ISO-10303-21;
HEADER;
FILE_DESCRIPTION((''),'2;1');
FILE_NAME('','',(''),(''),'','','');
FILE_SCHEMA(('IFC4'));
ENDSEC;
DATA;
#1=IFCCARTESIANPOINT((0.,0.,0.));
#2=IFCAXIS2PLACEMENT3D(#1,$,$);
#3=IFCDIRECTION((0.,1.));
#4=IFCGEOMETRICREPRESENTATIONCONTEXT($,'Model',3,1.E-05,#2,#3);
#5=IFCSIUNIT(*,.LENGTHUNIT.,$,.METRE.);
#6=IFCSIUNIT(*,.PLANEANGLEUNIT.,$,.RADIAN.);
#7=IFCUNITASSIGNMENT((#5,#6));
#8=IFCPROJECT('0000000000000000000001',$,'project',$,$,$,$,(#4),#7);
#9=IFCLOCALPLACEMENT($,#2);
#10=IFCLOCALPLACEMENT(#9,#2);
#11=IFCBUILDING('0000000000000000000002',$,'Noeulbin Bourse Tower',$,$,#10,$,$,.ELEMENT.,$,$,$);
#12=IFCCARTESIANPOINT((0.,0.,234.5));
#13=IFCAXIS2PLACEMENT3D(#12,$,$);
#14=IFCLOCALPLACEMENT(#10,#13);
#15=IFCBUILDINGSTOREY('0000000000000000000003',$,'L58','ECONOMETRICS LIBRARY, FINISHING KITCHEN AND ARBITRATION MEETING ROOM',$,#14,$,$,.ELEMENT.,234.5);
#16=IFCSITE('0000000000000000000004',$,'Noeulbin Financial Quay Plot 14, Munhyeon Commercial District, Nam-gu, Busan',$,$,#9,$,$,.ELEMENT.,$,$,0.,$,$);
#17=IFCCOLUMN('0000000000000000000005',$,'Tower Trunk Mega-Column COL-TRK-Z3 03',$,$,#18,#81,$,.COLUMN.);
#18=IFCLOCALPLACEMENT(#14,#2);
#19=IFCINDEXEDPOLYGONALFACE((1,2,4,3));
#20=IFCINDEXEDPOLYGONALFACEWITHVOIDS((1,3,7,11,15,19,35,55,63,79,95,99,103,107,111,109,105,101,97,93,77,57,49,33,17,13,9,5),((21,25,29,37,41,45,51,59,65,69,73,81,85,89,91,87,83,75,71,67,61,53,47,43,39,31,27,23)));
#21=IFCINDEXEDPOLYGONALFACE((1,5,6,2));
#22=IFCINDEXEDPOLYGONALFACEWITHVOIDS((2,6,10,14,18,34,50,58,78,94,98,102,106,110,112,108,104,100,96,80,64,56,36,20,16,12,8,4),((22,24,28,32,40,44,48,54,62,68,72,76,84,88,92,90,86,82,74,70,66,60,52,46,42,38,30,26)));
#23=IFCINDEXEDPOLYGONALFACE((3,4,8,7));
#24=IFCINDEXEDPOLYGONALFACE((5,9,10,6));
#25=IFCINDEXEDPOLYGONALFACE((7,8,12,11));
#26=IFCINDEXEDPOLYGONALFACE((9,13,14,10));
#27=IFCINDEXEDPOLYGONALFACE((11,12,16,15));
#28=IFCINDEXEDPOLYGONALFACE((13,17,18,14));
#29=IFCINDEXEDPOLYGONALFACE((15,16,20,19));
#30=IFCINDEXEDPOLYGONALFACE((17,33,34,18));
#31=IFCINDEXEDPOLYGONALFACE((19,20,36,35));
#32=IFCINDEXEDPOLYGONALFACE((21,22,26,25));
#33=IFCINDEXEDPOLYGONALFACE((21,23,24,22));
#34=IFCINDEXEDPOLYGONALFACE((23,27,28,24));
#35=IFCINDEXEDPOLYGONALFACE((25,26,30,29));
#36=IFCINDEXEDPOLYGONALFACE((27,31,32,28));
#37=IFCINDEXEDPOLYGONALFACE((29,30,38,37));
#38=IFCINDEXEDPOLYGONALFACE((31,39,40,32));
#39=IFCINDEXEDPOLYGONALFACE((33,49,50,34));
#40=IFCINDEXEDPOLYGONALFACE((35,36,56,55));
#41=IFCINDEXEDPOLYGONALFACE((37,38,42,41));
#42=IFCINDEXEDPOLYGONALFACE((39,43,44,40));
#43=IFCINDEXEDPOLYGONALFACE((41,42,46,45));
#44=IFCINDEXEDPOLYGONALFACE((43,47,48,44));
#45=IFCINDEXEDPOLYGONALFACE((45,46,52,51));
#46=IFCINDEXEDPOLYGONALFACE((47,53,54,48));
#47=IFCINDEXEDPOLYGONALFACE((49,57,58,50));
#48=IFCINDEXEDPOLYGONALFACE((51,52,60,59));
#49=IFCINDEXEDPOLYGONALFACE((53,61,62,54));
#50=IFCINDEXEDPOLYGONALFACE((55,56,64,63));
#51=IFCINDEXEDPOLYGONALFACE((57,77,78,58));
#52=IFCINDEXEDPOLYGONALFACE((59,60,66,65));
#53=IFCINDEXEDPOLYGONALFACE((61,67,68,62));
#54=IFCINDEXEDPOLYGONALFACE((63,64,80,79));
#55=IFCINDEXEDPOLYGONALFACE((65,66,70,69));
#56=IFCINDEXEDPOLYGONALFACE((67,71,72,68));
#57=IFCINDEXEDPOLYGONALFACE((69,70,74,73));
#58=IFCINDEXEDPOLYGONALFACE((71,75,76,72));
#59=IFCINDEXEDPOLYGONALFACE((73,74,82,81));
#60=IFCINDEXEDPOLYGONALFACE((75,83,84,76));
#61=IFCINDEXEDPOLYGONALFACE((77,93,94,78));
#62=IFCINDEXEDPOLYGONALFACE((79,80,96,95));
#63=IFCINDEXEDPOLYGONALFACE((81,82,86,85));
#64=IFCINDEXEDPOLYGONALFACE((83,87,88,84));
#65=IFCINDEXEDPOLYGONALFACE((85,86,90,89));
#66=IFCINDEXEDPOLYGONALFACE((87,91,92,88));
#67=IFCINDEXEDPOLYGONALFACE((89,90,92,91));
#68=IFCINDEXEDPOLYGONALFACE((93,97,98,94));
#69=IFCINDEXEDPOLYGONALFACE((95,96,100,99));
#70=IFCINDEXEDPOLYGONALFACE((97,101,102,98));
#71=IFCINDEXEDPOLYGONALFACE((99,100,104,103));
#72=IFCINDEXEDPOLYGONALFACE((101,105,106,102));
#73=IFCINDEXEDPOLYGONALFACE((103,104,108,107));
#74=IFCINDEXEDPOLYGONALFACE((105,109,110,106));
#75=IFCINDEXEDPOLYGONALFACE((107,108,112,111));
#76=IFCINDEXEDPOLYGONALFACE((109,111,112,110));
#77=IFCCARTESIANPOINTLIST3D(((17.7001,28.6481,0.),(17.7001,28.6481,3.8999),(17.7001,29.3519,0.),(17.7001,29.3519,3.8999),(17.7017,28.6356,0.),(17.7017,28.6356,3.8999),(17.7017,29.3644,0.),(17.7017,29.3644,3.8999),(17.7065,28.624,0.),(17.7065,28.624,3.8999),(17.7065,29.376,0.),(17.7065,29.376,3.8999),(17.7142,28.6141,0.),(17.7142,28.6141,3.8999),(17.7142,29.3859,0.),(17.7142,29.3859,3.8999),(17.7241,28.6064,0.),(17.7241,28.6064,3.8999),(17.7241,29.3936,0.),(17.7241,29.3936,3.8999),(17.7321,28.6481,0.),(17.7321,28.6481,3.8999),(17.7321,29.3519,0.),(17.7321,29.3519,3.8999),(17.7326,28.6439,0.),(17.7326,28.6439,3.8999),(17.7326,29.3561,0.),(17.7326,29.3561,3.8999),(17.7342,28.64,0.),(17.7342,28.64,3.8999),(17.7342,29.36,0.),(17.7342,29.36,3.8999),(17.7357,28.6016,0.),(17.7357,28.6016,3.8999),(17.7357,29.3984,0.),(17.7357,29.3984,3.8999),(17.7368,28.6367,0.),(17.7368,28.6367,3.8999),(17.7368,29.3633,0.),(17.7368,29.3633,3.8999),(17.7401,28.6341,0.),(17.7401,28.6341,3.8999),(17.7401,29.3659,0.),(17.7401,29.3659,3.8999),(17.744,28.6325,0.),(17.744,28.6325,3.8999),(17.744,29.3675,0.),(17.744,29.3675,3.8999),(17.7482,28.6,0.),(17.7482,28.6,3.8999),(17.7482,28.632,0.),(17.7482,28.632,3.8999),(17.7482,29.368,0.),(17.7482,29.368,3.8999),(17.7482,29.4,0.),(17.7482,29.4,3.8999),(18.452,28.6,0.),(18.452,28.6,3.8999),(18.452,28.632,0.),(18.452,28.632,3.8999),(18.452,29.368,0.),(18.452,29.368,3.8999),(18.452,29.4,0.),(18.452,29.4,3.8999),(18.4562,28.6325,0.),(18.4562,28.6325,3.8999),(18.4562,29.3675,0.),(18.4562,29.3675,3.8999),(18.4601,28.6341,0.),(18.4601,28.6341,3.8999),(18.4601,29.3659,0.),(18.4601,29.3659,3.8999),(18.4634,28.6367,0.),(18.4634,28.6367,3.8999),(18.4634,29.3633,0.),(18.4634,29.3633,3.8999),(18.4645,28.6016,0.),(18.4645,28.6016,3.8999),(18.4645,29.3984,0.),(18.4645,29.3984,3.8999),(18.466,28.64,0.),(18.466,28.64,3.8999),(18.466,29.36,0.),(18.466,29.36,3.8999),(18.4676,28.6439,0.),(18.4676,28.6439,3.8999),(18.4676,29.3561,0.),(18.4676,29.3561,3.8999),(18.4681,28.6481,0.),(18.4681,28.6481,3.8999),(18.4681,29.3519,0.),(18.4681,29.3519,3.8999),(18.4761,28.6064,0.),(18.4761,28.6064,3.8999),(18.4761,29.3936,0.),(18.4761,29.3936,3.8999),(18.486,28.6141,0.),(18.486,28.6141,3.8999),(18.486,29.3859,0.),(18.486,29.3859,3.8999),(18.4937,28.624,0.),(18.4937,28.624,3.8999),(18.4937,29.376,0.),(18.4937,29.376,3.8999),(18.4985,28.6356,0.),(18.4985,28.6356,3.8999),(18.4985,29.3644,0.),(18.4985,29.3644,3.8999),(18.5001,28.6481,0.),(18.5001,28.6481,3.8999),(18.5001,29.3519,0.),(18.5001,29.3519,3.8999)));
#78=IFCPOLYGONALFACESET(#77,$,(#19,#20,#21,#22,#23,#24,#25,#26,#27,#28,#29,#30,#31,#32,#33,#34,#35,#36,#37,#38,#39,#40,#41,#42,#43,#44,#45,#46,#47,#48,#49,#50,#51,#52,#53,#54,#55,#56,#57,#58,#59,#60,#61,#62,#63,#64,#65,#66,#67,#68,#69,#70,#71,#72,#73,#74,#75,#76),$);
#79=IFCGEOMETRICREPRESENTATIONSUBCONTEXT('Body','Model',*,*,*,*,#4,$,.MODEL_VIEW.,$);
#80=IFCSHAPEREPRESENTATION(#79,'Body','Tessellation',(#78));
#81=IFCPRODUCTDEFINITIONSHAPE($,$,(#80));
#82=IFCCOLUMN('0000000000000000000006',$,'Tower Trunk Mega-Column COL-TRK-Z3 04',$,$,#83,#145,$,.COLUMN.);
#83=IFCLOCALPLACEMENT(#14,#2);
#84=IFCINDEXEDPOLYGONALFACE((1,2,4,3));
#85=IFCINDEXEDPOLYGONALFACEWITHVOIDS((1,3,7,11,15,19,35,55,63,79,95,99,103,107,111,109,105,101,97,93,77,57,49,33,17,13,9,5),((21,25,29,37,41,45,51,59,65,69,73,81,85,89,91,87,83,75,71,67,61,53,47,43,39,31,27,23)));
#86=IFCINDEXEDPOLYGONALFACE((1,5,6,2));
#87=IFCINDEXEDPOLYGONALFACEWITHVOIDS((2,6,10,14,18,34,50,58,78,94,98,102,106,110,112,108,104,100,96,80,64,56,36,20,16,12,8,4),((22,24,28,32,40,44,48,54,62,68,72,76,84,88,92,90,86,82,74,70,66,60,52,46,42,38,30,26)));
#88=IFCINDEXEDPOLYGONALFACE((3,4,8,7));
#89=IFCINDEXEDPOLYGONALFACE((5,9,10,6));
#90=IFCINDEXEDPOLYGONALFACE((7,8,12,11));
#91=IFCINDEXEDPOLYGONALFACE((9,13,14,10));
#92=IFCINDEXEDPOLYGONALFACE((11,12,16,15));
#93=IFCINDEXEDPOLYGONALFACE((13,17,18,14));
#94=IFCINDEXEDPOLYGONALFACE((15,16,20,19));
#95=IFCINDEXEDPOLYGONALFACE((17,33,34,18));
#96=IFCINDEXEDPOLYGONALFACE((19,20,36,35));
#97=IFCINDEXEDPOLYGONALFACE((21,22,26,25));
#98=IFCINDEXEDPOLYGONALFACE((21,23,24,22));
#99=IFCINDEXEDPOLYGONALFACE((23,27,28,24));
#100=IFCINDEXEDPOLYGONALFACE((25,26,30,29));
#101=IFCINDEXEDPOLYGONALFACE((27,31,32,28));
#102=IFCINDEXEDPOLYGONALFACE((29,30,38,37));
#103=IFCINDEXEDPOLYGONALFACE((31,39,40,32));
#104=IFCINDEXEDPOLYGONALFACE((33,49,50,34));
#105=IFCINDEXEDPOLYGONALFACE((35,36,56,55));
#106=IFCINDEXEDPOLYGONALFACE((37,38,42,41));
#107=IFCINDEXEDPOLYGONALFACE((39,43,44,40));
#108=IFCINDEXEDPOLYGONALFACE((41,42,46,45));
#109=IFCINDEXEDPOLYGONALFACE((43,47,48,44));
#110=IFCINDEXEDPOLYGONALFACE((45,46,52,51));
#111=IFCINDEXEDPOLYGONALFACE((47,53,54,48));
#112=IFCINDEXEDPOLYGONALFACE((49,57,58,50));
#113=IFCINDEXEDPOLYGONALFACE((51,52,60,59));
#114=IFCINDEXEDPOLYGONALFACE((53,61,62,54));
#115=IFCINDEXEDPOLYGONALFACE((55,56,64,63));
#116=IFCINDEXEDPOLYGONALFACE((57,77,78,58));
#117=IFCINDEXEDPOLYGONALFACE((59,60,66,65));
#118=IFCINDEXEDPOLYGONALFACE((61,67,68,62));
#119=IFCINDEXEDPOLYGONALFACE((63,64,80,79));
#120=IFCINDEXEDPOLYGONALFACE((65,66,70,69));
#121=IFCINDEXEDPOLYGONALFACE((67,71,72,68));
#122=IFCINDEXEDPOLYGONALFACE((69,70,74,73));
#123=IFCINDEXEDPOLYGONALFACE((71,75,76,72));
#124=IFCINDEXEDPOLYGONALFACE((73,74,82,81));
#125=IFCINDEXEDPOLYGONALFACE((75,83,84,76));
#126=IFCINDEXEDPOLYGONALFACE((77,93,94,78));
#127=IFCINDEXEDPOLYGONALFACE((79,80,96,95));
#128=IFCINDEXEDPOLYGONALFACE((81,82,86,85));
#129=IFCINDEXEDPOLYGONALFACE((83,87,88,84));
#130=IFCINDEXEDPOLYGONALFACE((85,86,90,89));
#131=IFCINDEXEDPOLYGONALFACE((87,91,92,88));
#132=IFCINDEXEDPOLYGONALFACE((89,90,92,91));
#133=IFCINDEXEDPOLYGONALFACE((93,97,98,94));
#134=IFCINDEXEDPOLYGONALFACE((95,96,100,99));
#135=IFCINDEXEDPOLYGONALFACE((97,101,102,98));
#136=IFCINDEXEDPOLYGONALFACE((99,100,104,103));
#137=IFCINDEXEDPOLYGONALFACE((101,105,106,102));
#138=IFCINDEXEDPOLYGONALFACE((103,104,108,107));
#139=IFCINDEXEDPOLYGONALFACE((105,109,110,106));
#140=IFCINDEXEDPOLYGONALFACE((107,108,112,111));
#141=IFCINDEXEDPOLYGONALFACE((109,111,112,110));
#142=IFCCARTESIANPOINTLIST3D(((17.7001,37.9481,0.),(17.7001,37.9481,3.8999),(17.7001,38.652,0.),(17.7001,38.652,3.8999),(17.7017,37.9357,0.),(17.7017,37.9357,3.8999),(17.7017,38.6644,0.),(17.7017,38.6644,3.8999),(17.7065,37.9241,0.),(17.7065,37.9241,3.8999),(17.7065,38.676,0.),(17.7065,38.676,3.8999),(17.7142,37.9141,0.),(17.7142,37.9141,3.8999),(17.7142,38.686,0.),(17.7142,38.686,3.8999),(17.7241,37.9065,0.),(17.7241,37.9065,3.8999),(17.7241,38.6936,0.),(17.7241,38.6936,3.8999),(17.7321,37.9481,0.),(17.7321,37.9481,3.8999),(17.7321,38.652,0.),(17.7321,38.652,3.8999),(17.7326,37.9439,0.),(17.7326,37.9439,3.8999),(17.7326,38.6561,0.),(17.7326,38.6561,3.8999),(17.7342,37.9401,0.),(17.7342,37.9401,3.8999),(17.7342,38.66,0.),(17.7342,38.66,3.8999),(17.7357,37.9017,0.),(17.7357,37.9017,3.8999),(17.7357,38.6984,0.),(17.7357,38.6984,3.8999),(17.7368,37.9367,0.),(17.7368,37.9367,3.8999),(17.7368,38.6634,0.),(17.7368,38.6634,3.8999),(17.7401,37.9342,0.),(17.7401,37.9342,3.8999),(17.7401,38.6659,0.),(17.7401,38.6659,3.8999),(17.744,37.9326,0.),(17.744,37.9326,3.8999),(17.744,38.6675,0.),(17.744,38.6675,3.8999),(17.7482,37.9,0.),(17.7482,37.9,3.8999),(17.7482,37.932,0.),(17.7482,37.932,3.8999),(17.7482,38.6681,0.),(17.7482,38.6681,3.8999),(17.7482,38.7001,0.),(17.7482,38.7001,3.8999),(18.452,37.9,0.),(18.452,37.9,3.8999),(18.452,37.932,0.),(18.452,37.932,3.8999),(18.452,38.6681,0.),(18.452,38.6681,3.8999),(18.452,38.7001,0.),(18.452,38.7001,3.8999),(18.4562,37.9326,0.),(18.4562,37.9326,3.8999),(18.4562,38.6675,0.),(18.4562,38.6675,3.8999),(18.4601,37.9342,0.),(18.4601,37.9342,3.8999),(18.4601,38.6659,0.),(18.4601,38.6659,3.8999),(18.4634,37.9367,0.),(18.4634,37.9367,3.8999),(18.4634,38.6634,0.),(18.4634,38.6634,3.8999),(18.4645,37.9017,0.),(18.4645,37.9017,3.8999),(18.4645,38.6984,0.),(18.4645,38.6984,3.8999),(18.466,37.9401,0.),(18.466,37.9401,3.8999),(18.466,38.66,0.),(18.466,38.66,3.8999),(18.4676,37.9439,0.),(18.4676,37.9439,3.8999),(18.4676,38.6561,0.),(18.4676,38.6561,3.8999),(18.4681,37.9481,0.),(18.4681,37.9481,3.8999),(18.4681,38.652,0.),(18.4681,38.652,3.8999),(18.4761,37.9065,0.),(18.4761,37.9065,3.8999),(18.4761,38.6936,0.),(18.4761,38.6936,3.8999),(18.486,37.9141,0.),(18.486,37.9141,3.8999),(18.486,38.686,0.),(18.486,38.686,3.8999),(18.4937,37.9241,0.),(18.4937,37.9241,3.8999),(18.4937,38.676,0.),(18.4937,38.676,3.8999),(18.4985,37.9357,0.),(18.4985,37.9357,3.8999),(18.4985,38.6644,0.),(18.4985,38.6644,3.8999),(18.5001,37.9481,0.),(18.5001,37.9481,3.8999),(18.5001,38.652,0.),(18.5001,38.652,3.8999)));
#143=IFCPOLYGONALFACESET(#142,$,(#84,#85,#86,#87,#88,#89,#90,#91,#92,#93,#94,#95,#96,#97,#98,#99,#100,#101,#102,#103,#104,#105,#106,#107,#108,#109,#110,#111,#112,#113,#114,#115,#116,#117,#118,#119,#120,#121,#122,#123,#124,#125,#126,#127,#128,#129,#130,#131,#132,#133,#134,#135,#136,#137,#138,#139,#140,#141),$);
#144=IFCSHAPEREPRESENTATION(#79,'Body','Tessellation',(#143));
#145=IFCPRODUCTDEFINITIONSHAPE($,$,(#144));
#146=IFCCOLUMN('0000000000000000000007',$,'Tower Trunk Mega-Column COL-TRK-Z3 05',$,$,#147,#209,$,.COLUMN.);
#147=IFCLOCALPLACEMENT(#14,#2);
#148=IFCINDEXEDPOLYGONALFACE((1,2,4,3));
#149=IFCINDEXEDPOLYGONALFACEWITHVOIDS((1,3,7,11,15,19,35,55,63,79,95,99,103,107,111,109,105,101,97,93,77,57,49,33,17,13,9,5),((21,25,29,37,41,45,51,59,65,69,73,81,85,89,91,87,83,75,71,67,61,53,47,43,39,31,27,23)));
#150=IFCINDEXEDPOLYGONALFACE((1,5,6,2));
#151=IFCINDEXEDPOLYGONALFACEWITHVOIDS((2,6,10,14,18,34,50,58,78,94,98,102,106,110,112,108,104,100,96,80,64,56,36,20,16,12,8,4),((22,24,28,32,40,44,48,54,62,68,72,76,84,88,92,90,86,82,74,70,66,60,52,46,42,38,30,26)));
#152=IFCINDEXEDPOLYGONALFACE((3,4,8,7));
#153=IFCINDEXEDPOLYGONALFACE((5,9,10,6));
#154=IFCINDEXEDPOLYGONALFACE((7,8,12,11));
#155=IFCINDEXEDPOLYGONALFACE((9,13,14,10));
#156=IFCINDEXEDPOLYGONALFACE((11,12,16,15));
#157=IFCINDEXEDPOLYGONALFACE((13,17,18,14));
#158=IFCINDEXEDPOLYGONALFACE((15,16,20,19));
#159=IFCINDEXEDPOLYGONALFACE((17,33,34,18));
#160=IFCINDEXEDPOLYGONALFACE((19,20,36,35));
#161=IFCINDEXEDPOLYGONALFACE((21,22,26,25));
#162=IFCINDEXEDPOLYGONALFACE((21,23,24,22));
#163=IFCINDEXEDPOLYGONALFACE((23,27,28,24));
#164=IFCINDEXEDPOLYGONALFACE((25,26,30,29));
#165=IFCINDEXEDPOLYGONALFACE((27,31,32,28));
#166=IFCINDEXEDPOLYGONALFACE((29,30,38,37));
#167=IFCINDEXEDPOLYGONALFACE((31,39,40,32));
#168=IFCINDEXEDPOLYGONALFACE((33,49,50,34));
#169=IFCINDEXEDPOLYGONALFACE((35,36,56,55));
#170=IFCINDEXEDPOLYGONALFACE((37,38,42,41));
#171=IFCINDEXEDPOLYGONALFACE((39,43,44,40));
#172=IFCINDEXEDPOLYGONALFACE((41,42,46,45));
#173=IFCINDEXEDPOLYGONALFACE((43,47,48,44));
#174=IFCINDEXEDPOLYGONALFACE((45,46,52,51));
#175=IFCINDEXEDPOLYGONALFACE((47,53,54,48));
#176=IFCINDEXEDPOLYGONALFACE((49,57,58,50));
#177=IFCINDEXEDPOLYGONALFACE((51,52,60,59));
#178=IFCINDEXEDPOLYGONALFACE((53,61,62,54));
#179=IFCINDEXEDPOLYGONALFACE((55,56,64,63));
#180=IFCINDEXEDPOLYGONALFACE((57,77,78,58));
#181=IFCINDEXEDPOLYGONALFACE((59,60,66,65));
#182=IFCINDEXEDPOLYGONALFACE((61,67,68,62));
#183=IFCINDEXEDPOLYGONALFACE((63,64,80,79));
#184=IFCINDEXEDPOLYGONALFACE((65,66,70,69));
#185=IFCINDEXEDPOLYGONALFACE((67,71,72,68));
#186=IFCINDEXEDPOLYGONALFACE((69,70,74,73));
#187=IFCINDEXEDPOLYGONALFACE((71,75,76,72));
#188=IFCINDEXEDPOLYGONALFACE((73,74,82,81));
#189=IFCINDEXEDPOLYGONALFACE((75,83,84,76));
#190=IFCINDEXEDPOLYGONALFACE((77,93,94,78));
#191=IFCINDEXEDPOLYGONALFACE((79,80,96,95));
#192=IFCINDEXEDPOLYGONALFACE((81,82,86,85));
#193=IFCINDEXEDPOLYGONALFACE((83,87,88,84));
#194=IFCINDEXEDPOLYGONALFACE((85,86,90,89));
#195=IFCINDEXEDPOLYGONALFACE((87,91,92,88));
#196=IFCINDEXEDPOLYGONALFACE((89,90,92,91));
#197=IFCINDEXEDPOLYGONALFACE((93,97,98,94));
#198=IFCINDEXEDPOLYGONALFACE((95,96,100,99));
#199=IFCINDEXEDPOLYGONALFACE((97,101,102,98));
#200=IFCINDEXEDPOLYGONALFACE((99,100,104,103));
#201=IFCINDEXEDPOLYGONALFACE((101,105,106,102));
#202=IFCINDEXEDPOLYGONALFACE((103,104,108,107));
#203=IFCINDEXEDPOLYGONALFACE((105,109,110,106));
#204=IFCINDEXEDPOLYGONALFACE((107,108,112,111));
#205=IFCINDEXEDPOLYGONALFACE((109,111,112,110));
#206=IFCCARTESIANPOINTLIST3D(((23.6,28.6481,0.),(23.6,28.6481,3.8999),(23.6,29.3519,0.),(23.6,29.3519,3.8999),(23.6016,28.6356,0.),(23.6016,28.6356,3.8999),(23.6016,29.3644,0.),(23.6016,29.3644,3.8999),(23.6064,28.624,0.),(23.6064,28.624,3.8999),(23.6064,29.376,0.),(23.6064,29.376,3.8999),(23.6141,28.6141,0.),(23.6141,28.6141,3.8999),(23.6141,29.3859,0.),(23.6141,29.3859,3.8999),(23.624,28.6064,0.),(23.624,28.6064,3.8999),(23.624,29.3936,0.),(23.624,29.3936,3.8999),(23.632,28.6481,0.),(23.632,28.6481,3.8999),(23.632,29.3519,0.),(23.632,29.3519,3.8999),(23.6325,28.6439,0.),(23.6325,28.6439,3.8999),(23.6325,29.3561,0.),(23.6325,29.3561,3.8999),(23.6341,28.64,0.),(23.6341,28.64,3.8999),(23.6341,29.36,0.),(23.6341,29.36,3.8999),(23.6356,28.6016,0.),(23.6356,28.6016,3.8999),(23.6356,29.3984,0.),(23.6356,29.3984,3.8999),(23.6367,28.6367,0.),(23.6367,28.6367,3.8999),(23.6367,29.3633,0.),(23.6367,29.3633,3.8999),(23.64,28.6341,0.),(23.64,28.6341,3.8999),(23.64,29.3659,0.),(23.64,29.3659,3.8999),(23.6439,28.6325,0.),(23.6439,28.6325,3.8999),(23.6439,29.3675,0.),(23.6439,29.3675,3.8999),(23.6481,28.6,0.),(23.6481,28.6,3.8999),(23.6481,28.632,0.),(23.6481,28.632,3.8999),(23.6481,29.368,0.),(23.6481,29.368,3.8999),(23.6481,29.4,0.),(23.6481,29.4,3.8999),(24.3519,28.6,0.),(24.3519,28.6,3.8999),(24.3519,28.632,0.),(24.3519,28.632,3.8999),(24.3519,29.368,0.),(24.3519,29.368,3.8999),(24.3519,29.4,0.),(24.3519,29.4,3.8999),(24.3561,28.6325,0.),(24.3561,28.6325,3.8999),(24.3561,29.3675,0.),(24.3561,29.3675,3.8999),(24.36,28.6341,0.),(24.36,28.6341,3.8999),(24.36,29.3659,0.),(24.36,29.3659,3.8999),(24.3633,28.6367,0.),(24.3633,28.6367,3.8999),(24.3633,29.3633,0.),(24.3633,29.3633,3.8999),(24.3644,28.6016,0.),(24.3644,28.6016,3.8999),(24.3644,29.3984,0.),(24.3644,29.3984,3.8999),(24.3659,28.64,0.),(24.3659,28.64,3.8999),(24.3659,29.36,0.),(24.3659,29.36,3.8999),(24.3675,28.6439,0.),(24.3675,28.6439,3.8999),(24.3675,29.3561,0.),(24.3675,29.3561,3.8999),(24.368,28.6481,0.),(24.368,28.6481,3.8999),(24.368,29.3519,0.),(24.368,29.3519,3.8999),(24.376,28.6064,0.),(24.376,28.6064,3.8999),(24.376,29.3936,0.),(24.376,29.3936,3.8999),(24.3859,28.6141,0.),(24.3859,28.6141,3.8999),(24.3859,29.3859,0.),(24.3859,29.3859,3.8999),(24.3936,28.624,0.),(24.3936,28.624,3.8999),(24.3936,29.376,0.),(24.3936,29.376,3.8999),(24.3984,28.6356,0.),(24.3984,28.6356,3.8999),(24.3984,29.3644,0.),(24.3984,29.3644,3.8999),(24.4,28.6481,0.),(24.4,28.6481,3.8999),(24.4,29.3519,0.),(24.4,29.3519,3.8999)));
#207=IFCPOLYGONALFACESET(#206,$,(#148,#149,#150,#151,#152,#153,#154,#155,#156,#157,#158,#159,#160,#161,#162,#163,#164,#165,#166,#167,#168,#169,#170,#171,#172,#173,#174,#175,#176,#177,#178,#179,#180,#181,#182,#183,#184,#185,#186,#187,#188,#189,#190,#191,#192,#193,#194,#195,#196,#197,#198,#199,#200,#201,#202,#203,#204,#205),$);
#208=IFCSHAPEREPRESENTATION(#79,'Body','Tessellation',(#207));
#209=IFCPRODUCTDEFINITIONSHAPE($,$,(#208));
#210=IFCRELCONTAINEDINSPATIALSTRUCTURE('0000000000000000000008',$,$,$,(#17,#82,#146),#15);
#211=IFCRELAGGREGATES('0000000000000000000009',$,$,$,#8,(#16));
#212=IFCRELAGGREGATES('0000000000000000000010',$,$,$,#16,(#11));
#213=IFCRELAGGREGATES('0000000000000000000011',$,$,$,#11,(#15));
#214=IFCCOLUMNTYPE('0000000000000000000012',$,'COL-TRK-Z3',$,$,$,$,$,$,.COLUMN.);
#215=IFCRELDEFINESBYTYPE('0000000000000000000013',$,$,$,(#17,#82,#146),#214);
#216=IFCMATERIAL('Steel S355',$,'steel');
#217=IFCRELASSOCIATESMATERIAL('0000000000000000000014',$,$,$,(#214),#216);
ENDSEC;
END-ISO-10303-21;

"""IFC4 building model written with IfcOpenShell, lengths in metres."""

from ifc_helpers import new_model, si_unit, direction, frame, origin, origin_2d, place, context, subcontext, project, spatial, hollow_rectangle, extrude, material, material_profile, profile_set, type_object, element, save


model = new_model("IFC4")

# Units and contexts
model_context = context("Model", 3, precision=1e-05, world=origin(), true_north=direction((0.0, 1.0)))
body_context = subcontext(model_context, "Body", "Model", "MODEL_VIEW")
ifc_project = project(units=[si_unit("LENGTHUNIT", "METRE"), si_unit("PLANEANGLEUNIT", "RADIAN")], contexts=[model_context])

# Site, building, storey
site_placement = place(None, origin())
site = spatial("IfcSite", under=ifc_project, at=site_placement, Name="Noeulbin Financial Quay Plot 14, Munhyeon Commercial District, Nam-gu, Busan", CompositionType="ELEMENT", RefElevation=0.0)
building_placement = place(site_placement, origin())
building = spatial("IfcBuilding", under=site, at=building_placement, Name="Noeulbin Bourse Tower", CompositionType="ELEMENT")
storey_placement = place(building_placement, frame((0.0, 0.0, 234.5)))
storey = spatial("IfcBuildingStorey", under=building, at=storey_placement, Name="L58", Description="ECONOMETRICS LIBRARY, FINISHING KITCHEN AND ARBITRATION MEETING ROOM", CompositionType="ELEMENT", Elevation=234.5)

# Columns
ifc_material_1 = material(Name="Steel S355", Category="steel")
ifc_material_profile_1 = material_profile(ifc_material_1, hollow_rectangle(XDim=0.8, YDim=0.8, WallThickness=0.032, InnerFilletRadius=0.0161, OuterFilletRadius=0.0481, at=origin_2d()), Name="BOX-800x800x32", Category="LoadBearing")
ifc_profile_set_1 = profile_set([ifc_material_profile_1], Name="Steel S355")
column_type = type_object("IfcColumnType", Name="COL-TRK-Z3", PredefinedType="COLUMN", material=ifc_profile_set_1)
for number, where, z_axis, x_axis, name in (
    (1, (18.1001, 29.0, 0.0), (0.0, 0.0, 1.0), (1.0, 0.0, 0.0), "Tower Trunk Mega-Column COL-TRK-Z3 03"),
    (2, (18.1001, 38.3, 0.0), (0.0, 0.0, 1.0), (1.0, 0.0, 0.0), "Tower Trunk Mega-Column COL-TRK-Z3 04"),
    (3, (24.0, 29.0, 0.0), (0.0, 0.0, 1.0), (1.0, 0.0, 0.0), "Tower Trunk Mega-Column COL-TRK-Z3 05"),
):
    element("IfcColumn", number, at=place(storey_placement, frame(where, z_axis=z_axis, x_axis=x_axis)), inside=storey, type_object=column_type, Name=name, PredefinedType="COLUMN", context=body_context, shape_type="SweptSolid", body=[
        extrude(hollow_rectangle(XDim=0.8, YDim=0.8, WallThickness=0.032, InnerFilletRadius=0.0161, OuterFilletRadius=0.0481, at=origin_2d()), origin(), (0.0, 0.0, 1.0), 3.8999),
    ])

save(model, "model.ifc")
